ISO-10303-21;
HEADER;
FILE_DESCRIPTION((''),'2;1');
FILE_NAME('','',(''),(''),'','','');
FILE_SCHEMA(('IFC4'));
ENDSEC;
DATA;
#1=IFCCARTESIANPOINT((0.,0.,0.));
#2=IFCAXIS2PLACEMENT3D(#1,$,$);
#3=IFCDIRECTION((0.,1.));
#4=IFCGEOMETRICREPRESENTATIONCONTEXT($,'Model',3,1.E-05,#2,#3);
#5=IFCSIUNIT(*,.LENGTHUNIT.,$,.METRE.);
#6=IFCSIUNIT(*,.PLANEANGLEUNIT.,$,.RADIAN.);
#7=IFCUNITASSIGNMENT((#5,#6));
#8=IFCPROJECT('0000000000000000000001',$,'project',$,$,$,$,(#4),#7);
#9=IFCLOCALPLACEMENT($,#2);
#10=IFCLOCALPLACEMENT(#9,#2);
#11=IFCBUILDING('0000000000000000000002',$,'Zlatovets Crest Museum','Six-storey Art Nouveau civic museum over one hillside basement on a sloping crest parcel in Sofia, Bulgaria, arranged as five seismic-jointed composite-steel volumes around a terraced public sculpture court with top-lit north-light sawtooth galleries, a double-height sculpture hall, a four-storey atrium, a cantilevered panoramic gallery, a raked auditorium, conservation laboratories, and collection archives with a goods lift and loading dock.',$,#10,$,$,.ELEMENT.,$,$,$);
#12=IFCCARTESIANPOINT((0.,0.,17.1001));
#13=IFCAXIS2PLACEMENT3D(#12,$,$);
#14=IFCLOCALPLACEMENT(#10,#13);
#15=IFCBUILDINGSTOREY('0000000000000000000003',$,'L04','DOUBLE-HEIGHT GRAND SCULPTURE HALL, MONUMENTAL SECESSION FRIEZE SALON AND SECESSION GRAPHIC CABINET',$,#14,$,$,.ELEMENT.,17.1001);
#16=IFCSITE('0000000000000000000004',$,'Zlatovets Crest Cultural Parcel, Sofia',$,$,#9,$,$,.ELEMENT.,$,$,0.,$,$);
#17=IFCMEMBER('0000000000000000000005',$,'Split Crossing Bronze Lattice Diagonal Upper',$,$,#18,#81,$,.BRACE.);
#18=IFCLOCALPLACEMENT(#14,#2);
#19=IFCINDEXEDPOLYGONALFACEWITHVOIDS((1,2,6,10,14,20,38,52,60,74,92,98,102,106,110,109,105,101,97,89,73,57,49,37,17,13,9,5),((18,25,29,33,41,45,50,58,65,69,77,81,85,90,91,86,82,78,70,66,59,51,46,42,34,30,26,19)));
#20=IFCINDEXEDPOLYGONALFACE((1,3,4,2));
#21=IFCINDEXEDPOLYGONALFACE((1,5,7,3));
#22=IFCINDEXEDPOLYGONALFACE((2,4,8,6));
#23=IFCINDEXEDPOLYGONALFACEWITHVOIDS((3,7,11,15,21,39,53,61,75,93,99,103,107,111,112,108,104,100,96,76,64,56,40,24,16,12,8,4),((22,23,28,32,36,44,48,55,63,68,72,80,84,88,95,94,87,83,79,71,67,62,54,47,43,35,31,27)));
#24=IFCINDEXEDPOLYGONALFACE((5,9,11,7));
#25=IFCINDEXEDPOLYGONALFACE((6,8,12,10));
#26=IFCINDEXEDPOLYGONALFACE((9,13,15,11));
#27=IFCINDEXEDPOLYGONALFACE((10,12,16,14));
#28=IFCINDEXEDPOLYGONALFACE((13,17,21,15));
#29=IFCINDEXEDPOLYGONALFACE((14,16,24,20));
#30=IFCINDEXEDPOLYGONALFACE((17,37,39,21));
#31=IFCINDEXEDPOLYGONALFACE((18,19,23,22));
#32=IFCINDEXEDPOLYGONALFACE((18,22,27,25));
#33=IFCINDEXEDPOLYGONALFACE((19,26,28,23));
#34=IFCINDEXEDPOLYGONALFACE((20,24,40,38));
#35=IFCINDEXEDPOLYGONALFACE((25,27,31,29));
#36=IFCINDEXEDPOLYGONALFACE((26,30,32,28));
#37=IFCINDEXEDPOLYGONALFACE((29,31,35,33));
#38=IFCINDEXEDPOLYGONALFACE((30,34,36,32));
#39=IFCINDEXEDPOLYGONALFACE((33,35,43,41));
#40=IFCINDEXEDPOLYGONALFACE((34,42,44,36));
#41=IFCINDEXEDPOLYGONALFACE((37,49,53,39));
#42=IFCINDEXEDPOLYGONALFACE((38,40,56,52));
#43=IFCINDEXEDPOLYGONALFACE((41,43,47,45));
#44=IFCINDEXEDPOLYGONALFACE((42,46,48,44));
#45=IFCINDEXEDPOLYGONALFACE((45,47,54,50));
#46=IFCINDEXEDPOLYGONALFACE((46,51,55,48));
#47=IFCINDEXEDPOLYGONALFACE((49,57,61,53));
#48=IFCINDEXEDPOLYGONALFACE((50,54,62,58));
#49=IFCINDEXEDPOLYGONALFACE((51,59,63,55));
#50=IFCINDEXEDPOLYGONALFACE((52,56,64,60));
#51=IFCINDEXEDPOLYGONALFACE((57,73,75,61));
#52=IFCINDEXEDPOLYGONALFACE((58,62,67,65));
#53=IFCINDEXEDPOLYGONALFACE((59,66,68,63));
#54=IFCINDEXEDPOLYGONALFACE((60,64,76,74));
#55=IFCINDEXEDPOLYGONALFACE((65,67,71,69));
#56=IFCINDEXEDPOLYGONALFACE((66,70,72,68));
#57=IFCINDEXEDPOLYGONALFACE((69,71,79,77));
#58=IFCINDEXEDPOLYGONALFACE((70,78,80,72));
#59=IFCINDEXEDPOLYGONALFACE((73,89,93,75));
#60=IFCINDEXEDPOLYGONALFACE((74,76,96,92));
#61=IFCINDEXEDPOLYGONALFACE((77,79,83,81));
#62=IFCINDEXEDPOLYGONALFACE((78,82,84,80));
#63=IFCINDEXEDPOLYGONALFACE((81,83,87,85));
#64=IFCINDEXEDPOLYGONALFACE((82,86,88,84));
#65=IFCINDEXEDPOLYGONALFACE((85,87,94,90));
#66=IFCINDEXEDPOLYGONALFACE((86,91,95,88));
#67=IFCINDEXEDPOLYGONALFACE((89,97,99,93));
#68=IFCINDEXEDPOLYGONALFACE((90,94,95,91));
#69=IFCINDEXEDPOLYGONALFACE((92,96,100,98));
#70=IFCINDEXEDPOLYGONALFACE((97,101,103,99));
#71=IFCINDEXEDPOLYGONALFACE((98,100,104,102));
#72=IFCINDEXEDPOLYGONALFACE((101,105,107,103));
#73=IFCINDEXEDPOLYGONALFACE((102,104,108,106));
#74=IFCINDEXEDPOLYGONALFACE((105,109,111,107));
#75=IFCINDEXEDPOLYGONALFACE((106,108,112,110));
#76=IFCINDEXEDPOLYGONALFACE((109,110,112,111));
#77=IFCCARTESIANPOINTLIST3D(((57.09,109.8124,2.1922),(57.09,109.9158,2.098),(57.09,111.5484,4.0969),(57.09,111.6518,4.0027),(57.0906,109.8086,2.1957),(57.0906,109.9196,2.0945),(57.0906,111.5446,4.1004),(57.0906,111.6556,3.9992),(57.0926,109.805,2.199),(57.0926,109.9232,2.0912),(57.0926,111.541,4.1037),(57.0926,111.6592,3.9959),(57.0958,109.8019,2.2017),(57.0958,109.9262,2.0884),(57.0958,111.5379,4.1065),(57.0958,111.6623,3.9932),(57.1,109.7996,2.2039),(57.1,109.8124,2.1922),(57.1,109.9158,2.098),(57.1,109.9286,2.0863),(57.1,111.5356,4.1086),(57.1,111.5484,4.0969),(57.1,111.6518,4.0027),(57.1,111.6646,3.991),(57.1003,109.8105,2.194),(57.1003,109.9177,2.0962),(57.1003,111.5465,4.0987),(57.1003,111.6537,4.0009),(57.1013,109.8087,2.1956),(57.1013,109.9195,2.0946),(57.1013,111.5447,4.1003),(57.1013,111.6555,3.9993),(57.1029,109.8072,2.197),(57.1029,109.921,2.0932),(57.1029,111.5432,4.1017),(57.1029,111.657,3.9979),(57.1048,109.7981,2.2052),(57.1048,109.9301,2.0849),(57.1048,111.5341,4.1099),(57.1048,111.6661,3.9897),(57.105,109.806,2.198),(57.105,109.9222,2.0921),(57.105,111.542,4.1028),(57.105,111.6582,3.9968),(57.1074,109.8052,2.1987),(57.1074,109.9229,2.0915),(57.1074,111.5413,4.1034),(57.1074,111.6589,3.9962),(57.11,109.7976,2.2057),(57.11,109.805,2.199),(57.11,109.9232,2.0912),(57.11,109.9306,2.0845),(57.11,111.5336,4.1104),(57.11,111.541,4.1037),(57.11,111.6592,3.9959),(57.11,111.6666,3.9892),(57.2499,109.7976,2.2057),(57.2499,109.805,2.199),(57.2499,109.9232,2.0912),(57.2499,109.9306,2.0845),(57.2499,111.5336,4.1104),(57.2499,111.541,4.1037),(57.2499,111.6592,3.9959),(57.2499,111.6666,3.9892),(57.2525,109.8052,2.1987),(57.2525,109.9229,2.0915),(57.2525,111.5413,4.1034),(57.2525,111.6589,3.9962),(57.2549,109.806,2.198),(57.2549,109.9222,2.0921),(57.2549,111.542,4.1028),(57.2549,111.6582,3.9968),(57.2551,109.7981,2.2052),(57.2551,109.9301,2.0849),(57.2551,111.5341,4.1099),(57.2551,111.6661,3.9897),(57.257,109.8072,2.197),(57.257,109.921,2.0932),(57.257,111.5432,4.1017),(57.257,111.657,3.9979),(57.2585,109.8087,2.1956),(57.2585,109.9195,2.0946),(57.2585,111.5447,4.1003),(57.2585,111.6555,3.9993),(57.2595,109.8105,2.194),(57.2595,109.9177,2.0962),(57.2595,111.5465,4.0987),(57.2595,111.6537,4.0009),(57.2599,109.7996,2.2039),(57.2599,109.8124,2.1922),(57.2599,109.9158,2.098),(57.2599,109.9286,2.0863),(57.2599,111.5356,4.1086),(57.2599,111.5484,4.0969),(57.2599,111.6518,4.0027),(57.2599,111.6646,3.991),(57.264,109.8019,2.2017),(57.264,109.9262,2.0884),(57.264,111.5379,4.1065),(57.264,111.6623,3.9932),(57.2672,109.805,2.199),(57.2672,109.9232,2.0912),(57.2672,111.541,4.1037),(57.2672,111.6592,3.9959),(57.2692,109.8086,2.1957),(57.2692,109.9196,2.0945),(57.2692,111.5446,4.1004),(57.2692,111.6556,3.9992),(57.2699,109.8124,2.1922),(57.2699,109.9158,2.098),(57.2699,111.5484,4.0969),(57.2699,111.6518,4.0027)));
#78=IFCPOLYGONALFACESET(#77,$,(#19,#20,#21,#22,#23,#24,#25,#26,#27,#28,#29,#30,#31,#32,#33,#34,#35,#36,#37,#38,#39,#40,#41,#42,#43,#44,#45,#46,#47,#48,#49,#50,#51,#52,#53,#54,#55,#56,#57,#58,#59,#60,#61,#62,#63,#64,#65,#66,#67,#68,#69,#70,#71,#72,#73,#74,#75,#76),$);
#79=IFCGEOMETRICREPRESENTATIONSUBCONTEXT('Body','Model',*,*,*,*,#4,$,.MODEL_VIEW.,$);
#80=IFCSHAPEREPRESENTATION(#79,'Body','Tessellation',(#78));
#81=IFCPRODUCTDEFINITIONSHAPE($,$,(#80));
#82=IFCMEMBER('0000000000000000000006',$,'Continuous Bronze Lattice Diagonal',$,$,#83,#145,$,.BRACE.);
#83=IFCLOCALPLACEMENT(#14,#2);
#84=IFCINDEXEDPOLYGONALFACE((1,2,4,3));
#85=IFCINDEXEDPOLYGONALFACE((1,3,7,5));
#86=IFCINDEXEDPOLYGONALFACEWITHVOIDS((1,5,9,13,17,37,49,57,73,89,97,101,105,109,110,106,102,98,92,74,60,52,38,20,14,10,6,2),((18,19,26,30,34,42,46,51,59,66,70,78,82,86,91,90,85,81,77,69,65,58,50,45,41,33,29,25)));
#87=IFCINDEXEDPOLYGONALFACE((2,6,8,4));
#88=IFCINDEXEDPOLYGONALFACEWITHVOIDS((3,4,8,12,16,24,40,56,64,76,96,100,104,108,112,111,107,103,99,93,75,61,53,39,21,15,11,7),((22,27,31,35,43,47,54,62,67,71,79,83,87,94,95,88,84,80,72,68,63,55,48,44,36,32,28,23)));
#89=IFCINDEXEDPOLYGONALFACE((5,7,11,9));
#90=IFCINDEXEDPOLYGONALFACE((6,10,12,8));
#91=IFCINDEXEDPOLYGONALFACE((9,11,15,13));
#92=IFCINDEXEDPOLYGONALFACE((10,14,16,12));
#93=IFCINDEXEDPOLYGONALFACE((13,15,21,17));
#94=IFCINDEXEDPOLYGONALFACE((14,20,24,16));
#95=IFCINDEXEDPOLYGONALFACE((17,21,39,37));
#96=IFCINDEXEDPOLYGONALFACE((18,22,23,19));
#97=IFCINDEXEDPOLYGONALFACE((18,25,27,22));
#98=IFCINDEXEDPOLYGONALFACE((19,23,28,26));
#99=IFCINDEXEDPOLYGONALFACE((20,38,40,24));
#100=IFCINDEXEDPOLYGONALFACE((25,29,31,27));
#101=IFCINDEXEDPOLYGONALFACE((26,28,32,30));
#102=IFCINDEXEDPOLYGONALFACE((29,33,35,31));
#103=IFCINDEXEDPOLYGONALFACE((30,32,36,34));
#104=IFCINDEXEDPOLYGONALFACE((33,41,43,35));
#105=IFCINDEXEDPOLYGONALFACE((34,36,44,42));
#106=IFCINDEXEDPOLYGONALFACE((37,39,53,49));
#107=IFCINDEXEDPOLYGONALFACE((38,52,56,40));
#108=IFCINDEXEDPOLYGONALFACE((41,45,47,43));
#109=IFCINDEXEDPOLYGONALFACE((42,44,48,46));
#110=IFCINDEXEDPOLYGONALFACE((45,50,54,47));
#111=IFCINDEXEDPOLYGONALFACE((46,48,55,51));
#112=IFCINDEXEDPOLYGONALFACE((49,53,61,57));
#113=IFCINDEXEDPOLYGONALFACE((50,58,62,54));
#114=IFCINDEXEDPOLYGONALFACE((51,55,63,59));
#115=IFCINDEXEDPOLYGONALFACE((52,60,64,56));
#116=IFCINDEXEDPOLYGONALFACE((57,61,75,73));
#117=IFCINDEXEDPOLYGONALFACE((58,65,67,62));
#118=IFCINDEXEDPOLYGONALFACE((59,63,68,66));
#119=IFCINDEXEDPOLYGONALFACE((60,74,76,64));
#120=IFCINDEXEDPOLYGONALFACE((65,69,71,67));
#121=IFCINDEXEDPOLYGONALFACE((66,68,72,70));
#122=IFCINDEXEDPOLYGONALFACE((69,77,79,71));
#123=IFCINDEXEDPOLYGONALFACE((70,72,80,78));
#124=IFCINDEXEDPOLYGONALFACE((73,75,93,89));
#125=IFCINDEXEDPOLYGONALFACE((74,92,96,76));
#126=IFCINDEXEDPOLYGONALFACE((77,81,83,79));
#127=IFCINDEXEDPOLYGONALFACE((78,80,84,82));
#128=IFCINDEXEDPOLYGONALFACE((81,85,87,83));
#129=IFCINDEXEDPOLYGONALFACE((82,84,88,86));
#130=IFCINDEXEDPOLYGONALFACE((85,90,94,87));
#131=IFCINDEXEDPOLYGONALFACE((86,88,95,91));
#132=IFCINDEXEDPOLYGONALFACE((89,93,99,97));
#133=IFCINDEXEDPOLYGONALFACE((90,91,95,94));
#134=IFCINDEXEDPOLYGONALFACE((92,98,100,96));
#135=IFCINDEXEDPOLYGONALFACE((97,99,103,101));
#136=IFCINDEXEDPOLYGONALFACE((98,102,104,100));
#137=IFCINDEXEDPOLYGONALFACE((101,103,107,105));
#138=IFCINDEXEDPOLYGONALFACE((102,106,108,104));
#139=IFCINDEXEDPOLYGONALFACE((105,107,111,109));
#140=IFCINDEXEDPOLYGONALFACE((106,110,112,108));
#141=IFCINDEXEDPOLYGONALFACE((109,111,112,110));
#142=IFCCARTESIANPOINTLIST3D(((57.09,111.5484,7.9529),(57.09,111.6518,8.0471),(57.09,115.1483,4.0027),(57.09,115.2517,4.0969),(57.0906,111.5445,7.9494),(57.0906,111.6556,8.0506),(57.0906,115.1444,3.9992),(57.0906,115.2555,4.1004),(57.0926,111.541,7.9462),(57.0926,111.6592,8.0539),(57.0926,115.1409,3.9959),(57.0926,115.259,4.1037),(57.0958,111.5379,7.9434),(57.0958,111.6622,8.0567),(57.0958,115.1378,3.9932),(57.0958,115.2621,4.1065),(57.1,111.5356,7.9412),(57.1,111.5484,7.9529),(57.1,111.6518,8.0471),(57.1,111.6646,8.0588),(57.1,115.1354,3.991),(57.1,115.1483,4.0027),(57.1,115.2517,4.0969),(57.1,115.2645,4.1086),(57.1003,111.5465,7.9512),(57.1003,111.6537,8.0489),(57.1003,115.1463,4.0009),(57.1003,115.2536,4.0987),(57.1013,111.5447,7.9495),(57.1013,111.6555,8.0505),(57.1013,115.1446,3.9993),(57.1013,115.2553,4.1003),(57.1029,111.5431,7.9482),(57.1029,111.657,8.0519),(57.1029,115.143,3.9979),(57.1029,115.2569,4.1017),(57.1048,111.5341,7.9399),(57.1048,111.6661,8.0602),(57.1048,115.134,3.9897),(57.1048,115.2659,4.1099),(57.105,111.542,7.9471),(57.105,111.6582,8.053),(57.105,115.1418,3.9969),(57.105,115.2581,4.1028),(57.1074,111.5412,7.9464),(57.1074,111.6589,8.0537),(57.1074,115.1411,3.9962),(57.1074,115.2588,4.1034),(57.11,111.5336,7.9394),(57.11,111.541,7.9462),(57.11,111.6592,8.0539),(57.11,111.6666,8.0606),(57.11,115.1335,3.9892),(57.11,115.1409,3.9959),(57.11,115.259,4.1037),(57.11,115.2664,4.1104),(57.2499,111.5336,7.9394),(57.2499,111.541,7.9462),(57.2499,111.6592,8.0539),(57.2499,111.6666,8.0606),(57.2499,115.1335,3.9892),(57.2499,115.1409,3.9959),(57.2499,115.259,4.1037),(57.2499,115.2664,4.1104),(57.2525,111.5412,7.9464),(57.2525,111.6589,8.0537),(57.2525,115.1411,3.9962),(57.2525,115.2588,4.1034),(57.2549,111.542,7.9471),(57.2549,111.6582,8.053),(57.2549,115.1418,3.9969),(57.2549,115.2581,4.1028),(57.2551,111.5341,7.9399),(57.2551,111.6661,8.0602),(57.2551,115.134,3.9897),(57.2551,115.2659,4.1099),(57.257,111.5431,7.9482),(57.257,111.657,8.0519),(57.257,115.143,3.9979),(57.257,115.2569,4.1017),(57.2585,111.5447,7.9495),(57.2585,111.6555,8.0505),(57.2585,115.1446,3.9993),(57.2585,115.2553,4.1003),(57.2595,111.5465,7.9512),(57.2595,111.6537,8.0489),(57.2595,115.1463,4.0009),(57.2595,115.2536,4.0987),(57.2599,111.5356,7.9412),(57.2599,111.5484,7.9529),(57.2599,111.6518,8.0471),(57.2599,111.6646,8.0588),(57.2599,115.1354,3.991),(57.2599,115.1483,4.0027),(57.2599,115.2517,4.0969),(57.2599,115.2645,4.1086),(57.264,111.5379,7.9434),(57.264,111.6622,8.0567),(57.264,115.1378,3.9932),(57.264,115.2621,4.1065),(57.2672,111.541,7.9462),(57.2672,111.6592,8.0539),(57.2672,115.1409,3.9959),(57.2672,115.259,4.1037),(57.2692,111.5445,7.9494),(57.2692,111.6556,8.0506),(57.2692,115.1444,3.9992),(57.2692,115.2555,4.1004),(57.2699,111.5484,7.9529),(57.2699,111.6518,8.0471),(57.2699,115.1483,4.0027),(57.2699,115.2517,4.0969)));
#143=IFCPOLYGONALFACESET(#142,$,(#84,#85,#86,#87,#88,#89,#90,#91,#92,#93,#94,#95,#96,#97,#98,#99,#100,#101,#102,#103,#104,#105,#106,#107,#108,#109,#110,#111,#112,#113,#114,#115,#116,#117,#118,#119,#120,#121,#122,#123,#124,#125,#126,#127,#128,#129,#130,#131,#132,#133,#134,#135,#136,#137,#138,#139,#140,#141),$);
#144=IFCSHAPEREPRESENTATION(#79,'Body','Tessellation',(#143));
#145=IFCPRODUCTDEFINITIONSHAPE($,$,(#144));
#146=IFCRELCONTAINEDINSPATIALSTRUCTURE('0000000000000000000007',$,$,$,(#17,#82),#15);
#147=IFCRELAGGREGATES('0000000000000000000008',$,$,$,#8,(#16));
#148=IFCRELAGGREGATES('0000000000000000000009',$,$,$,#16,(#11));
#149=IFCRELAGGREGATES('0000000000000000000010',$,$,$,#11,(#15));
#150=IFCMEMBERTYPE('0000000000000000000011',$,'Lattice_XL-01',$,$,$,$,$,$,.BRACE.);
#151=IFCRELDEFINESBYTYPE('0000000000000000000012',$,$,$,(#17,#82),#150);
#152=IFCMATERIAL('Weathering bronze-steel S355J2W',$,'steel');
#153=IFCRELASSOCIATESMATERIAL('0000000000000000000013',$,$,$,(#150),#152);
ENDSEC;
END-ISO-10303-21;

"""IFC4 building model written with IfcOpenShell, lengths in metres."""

from ifc_helpers import new_model, si_unit, direction, frame, origin, origin_2d, place, context, subcontext, project, spatial, hollow_rectangle, extrude, material, material_profile, profile_set, type_object, element, save


model = new_model("IFC4")

# Units and contexts
model_context = context("Model", 3, precision=1e-05, world=origin(), true_north=direction((0.0, 1.0)))
body_context = subcontext(model_context, "Body", "Model", "MODEL_VIEW")
ifc_project = project(units=[si_unit("LENGTHUNIT", "METRE"), si_unit("PLANEANGLEUNIT", "RADIAN")], contexts=[model_context])

# Site, building, storey
site_placement = place(None, origin())
site = spatial("IfcSite", under=ifc_project, at=site_placement, Name="Zlatovets Crest Cultural Parcel, Sofia", CompositionType="ELEMENT", RefElevation=0.0)
building_placement = place(site_placement, origin())
building = spatial("IfcBuilding", under=site, at=building_placement, Name="Zlatovets Crest Museum", Description="Six-storey Art Nouveau civic museum over one hillside basement on a sloping crest parcel in Sofia, Bulgaria, arranged as five seismic-jointed composite-steel volumes around a terraced public sculpture court with top-lit north-light sawtooth galleries, a double-height sculpture hall, a four-storey atrium, a cantilevered panoramic gallery, a raked auditorium, conservation laboratories, and collection archives with a goods lift and loading dock.", CompositionType="ELEMENT")
storey_placement = place(building_placement, frame((0.0, 0.0, 17.1001)))
storey = spatial("IfcBuildingStorey", under=building, at=storey_placement, Name="L04", Description="DOUBLE-HEIGHT GRAND SCULPTURE HALL, MONUMENTAL SECESSION FRIEZE SALON AND SECESSION GRAPHIC CABINET", CompositionType="ELEMENT", Elevation=17.1001)

# Members
ifc_material_1 = material(Name="Weathering bronze-steel S355J2W", Category="steel")
ifc_material_profile_1 = material_profile(ifc_material_1, hollow_rectangle(XDim=0.1799, YDim=0.1799, WallThickness=0.01, InnerFilletRadius=0.01, OuterFilletRadius=0.02, at=origin_2d()), Name="SHS 180x180x10.0")
ifc_profile_set_1 = profile_set([ifc_material_profile_1], Name="Weathering bronze-steel S355J2W")
member_type_1 = type_object("IfcMemberType", Name="Lattice_XL-01", PredefinedType="BRACE", material=ifc_profile_set_1)
member_1_placement = place(storey_placement, frame((57.1799, 111.6001, 4.0498), z_axis=(0.0, -0.67362, -0.739078), x_axis=(1.0, 0.0, 0.0)))
element("IfcMember", 1, at=member_1_placement, inside=storey, type_object=member_type_1, Name="Split Crossing Bronze Lattice Diagonal Upper", PredefinedType="BRACE", context=body_context, shape_type="SweptSolid", body=[
    extrude(hollow_rectangle(XDim=0.1799, YDim=0.1799, WallThickness=0.01, InnerFilletRadius=0.01, OuterFilletRadius=0.02, at=origin_2d()), origin(), (0.0, 0.0, 1.0), 2.5771),
])
member_2_placement = place(storey_placement, frame((57.1799, 115.2, 4.0498), z_axis=(0.0, -0.67357, 0.739123), x_axis=(1.0, 0.0, 0.0)))
element("IfcMember", 2, at=member_2_placement, inside=storey, type_object=member_type_1, Name="Continuous Bronze Lattice Diagonal", PredefinedType="BRACE", context=body_context, shape_type="SweptSolid", body=[
    extrude(hollow_rectangle(XDim=0.1799, YDim=0.1799, WallThickness=0.01, InnerFilletRadius=0.01, OuterFilletRadius=0.02, at=origin_2d()), origin(), (0.0, 0.0, 1.0), 5.3445),
])

save(model, "model.ifc")
